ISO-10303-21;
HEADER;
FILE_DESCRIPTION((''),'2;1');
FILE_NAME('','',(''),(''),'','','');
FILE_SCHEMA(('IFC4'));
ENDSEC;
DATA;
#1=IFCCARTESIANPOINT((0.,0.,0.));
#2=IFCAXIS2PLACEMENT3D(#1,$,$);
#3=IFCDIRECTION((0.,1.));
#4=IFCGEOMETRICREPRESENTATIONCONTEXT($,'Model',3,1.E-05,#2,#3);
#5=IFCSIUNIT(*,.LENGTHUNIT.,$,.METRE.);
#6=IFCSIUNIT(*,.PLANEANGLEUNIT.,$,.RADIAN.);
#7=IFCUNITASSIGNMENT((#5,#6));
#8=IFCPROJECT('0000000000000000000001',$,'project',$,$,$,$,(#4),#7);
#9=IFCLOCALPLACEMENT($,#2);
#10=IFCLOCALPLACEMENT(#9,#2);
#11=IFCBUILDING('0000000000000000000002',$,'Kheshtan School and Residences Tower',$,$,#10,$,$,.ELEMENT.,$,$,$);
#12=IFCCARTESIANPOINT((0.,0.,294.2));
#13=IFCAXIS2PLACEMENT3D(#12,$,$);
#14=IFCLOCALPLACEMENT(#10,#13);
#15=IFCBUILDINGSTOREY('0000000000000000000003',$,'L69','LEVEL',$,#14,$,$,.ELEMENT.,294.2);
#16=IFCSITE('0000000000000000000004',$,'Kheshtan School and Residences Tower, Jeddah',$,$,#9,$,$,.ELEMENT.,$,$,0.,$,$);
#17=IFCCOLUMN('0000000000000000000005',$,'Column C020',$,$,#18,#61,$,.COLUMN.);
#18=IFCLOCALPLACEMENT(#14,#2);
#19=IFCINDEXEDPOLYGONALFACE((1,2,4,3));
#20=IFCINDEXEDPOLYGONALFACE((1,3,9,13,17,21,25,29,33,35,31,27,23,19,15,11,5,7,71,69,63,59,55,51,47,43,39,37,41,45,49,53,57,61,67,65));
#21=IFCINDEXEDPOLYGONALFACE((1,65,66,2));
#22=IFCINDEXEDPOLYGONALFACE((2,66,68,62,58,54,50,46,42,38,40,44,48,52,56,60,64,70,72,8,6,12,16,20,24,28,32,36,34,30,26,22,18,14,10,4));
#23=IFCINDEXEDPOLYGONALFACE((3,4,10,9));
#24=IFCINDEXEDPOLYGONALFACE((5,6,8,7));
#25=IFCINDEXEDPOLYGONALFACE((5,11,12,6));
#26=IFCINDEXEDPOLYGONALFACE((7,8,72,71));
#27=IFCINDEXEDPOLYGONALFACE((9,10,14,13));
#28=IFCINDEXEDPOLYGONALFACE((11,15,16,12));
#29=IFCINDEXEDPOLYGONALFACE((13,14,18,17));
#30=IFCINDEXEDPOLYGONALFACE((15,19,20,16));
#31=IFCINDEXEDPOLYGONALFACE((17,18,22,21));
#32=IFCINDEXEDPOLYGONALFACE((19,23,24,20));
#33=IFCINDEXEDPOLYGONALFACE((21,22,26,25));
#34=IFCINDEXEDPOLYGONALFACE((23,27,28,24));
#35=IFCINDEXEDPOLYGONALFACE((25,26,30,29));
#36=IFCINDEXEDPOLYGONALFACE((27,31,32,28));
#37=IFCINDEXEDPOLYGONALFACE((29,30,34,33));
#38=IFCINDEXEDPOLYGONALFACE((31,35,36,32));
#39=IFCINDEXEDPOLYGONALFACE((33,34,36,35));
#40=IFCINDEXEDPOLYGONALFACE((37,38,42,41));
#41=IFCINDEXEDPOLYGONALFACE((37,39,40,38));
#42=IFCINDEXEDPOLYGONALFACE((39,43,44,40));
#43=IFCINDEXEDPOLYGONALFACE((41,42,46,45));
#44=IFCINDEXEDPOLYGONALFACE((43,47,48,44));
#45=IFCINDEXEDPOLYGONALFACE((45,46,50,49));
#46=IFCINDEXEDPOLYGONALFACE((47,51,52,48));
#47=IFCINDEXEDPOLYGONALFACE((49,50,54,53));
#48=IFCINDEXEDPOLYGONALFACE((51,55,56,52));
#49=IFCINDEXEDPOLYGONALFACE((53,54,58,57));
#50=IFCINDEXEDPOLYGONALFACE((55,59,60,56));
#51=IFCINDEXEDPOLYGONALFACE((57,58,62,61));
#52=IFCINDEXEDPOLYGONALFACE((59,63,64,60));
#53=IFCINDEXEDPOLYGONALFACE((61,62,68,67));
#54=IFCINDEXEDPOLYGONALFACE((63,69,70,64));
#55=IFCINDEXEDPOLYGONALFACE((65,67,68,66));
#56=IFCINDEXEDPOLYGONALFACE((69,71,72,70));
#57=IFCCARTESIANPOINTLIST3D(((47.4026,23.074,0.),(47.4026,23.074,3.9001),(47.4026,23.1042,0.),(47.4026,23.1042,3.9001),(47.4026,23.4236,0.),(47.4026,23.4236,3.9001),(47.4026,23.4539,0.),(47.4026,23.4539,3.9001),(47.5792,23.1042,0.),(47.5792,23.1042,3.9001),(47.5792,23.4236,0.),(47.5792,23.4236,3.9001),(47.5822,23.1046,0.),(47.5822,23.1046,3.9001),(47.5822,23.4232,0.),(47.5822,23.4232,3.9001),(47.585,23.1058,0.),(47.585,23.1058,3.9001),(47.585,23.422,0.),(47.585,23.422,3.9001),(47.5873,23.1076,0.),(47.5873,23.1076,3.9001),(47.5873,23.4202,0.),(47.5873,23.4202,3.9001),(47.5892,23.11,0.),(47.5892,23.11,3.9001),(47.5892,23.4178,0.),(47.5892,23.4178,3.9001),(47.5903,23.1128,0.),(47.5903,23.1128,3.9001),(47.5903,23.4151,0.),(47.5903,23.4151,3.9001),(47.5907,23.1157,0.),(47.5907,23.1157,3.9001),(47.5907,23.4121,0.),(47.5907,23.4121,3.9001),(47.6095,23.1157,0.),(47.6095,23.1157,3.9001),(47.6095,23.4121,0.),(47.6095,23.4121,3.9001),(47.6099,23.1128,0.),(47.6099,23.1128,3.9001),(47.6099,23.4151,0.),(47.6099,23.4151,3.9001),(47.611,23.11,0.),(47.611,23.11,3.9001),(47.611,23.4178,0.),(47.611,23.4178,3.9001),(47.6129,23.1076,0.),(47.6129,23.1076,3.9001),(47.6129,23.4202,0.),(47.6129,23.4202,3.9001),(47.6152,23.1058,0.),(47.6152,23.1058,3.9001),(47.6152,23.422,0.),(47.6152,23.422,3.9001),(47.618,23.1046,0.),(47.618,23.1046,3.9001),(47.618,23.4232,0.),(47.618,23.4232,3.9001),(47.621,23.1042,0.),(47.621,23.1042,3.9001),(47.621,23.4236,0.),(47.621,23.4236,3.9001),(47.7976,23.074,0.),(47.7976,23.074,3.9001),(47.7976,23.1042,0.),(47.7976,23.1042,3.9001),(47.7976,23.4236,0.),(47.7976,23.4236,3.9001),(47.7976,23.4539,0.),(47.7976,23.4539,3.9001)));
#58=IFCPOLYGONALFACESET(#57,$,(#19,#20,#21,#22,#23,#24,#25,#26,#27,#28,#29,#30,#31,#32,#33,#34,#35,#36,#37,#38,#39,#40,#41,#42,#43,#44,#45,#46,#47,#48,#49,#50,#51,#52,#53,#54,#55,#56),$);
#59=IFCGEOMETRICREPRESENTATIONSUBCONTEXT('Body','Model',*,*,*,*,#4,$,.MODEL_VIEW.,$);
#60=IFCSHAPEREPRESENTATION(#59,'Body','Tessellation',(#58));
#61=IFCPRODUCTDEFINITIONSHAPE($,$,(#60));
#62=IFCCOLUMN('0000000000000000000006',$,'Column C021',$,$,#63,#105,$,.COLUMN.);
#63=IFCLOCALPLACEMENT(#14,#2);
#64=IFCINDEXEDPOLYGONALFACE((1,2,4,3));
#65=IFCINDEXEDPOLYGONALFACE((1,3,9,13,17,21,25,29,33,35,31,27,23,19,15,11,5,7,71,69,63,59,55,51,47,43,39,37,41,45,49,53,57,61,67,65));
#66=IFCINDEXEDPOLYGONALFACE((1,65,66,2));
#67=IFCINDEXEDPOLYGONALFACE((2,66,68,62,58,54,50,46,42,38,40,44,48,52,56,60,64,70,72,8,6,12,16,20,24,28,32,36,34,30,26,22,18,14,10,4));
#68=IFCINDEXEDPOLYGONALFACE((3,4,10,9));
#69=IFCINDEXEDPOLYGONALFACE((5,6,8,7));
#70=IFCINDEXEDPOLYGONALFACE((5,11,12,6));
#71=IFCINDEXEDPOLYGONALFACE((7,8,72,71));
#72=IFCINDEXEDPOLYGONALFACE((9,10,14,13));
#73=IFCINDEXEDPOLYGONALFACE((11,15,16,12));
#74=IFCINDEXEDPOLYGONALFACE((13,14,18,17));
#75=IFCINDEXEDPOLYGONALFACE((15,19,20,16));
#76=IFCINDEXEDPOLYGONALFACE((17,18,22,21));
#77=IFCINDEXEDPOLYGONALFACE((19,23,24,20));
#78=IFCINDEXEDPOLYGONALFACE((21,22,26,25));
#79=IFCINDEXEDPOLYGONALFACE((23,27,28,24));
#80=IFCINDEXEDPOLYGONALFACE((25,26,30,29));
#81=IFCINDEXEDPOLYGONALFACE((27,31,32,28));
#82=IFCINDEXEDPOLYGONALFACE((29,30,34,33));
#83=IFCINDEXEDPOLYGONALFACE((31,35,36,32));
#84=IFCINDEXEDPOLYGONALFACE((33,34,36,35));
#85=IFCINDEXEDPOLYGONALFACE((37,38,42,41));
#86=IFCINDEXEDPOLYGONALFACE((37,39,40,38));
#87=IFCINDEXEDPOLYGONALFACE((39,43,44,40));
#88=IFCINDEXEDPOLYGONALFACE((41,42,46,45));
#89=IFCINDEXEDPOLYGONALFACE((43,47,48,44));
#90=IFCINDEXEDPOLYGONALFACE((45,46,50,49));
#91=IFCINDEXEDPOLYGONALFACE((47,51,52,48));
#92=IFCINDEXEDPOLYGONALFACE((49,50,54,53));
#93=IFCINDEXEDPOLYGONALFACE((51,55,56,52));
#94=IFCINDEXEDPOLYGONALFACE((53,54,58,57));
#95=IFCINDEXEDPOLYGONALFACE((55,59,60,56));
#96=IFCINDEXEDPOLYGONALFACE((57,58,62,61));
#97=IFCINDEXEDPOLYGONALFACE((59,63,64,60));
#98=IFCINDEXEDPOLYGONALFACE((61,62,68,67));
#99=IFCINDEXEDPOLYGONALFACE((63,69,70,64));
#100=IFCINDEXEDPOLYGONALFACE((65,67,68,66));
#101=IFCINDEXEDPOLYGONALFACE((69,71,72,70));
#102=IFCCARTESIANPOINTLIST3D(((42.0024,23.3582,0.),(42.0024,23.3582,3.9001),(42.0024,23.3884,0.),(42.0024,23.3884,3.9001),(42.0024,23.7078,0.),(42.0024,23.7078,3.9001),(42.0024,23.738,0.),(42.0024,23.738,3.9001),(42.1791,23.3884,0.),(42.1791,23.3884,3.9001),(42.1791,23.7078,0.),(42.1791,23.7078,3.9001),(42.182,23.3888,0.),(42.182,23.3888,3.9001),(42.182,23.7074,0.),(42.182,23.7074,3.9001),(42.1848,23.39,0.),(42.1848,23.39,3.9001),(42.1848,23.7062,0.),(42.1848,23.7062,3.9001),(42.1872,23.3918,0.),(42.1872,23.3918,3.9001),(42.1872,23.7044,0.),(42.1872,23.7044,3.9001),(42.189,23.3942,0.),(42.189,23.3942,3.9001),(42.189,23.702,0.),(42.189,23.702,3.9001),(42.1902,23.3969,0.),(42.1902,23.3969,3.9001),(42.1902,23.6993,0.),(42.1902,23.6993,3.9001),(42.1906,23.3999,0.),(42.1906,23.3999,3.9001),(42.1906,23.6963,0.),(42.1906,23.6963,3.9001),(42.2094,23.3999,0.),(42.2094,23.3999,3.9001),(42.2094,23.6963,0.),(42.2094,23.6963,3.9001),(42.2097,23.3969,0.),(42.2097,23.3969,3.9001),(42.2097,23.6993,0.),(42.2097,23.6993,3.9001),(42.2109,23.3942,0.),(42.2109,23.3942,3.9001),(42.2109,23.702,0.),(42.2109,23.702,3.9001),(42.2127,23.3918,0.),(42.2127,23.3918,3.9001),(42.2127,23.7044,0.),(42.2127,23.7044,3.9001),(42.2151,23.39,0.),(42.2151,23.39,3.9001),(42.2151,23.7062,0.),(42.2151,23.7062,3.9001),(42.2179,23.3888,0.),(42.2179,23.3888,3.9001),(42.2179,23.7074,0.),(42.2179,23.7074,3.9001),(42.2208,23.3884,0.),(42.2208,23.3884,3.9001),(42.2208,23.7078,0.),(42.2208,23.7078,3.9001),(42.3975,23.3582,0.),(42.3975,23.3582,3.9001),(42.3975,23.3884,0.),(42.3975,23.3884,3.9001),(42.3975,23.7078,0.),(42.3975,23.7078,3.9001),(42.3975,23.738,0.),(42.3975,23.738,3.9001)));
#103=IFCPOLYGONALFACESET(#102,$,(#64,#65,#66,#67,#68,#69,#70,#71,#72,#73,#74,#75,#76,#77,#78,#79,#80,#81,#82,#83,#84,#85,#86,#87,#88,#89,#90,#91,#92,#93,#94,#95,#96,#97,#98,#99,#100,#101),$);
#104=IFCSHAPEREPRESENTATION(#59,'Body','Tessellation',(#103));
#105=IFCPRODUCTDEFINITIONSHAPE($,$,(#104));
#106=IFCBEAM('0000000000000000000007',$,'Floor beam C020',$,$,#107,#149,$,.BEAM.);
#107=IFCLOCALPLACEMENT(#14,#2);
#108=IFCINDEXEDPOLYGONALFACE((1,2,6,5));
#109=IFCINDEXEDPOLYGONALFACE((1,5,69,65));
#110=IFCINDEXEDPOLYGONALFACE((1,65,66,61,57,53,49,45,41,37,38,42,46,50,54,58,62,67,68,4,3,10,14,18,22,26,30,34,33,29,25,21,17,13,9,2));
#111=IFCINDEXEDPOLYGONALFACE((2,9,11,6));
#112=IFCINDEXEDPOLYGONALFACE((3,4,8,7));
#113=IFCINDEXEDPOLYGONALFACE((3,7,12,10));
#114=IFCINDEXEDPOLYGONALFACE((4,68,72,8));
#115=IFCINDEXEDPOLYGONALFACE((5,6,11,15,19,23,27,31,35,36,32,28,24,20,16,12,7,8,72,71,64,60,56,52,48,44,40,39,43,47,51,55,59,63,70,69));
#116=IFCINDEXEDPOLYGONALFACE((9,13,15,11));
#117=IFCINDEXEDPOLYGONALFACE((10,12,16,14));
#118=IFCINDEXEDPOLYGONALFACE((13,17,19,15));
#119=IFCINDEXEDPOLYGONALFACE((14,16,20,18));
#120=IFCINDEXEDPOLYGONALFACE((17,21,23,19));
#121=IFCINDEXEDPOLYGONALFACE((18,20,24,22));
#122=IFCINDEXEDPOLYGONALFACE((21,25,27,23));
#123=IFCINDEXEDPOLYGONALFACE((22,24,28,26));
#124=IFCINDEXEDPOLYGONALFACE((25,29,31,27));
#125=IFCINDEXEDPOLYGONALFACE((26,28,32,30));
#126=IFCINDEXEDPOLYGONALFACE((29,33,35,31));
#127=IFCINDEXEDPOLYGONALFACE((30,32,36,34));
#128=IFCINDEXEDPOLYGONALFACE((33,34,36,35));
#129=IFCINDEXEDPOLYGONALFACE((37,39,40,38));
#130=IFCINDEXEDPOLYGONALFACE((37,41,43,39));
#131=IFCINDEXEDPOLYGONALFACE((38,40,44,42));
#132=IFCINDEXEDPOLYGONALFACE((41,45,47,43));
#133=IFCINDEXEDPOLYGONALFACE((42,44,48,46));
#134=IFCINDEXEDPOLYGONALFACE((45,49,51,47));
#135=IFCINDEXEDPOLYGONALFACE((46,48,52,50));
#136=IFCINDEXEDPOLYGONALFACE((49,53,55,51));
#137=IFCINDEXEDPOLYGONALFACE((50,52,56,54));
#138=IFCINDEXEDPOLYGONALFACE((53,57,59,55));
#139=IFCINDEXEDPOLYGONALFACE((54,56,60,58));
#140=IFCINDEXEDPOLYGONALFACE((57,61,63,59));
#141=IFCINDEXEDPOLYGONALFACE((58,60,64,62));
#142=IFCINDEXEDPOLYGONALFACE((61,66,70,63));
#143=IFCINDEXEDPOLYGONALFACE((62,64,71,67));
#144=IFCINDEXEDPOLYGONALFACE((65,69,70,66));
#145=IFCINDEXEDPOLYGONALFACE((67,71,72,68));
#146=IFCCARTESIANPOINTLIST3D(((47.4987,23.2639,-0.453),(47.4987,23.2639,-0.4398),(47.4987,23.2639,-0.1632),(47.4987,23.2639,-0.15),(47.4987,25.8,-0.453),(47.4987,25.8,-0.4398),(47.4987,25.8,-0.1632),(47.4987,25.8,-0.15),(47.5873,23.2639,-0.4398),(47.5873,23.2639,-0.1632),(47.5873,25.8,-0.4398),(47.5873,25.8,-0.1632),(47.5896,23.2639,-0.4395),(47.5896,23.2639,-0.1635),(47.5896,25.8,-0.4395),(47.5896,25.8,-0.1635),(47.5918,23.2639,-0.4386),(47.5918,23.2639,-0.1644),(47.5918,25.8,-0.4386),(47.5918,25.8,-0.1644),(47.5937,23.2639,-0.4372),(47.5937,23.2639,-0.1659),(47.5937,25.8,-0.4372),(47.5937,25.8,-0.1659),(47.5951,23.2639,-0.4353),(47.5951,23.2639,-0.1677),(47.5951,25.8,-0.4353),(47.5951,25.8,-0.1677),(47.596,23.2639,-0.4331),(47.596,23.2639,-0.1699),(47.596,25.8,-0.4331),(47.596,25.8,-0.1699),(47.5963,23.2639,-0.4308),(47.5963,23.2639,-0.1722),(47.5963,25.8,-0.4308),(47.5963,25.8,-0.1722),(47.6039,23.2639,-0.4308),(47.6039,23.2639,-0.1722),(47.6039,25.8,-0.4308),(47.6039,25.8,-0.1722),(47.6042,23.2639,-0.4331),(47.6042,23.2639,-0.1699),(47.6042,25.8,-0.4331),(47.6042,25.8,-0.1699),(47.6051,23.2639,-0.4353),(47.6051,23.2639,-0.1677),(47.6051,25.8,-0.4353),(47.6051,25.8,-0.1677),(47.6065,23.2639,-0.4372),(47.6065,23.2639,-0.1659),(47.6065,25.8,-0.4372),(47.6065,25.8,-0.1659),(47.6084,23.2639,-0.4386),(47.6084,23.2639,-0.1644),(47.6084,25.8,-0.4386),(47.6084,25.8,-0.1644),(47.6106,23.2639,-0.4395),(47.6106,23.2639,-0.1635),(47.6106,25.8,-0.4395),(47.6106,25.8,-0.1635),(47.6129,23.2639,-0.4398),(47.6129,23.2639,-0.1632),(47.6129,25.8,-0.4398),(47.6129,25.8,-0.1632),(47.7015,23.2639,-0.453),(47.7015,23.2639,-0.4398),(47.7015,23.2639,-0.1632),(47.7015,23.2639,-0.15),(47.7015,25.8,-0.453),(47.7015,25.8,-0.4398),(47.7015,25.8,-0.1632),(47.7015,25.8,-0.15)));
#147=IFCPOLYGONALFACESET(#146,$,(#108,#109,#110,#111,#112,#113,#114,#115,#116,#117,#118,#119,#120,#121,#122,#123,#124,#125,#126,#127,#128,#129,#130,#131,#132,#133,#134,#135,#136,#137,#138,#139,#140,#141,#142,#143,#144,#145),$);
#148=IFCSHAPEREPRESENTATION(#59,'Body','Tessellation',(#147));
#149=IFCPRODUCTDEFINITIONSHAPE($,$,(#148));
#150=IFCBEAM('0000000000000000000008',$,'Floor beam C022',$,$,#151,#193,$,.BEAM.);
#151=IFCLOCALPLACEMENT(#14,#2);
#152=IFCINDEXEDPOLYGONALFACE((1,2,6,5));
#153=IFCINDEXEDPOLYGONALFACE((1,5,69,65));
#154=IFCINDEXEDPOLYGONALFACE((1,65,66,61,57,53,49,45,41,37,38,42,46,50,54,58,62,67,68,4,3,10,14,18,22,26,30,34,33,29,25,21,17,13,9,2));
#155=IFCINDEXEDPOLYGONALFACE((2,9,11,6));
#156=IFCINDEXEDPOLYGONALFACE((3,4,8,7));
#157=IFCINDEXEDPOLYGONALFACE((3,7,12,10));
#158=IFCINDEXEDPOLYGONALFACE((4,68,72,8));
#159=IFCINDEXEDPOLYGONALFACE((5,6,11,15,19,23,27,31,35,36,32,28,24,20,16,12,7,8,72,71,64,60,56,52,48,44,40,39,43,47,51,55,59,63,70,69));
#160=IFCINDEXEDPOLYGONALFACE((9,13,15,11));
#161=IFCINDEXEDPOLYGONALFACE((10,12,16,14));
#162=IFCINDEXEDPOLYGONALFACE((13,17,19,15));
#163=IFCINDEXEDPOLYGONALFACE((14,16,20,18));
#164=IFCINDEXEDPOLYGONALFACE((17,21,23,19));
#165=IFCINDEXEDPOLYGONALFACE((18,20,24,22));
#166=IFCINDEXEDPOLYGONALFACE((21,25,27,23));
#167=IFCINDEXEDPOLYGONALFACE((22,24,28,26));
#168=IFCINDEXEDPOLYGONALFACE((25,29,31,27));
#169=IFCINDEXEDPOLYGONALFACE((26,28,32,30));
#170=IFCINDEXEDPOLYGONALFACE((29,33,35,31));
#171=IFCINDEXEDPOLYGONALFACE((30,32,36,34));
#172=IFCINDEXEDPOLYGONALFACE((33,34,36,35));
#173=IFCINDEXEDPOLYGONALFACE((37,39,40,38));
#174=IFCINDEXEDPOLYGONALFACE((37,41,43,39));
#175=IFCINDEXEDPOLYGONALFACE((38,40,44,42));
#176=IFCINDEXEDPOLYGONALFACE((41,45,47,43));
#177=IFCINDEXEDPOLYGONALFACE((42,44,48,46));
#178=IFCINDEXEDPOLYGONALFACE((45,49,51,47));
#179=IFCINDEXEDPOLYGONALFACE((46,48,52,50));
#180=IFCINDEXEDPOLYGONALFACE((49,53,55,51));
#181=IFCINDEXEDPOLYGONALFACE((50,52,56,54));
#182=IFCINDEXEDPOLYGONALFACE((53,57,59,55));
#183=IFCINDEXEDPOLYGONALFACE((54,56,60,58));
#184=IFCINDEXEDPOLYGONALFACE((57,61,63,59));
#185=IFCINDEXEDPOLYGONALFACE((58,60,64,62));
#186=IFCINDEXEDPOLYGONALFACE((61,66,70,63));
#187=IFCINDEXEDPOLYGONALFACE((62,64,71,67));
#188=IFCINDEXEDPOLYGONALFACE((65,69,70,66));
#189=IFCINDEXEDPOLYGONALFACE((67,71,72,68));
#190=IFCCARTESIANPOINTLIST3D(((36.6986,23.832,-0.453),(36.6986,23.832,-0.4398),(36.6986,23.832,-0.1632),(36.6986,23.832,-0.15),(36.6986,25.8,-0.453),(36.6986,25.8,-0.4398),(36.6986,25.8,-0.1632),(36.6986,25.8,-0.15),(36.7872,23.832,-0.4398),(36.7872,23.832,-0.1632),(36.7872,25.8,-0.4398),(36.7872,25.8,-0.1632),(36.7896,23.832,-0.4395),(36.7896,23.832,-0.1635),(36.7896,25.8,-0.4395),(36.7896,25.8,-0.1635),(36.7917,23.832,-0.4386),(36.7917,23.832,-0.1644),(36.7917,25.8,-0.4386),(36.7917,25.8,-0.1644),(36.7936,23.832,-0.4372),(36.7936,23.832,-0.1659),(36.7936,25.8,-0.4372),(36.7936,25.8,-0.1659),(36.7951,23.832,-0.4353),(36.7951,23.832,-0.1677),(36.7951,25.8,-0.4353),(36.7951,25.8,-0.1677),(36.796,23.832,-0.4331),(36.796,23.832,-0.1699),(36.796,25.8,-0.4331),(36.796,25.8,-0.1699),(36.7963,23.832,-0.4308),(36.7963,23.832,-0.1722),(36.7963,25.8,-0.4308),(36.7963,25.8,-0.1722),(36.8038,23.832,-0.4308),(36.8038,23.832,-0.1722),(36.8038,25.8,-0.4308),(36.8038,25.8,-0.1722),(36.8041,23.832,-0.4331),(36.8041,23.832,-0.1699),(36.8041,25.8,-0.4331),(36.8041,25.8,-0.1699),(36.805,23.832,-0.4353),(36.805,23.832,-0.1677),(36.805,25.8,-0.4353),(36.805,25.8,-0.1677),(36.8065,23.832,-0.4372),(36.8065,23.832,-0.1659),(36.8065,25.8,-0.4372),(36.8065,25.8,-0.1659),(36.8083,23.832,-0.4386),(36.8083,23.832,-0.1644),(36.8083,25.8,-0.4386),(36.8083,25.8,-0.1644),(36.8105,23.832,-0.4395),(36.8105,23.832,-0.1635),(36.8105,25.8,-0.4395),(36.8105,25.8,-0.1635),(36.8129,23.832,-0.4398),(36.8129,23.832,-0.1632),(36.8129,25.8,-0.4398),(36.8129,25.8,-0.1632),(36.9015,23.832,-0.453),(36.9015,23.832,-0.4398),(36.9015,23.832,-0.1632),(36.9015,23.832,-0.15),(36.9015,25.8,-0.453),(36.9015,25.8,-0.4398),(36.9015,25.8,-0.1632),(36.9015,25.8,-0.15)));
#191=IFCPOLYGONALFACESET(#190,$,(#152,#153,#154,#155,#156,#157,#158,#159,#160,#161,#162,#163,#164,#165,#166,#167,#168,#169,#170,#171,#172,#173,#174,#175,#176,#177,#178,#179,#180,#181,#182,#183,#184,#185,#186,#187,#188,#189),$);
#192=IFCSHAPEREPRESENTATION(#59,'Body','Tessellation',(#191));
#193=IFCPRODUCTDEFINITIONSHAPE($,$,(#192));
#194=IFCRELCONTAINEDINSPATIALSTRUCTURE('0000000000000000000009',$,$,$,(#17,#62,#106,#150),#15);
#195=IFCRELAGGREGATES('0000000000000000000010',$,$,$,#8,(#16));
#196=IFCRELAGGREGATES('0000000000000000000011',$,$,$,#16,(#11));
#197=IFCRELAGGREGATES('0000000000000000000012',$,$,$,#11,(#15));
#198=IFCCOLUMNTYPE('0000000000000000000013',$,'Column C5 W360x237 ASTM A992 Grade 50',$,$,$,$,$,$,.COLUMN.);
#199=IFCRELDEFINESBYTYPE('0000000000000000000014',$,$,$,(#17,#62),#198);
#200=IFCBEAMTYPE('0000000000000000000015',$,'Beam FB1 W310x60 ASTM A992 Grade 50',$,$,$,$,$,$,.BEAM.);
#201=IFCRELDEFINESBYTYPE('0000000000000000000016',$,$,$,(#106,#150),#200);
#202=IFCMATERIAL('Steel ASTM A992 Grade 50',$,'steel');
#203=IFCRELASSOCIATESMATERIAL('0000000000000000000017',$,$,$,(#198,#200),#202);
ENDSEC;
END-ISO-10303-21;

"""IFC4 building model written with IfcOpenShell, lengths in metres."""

from ifc_helpers import new_model, si_unit, direction, frame, origin, origin_2d, place, context, subcontext, project, spatial, i_section, extrude, material, material_profile, profile_set, type_object, element, save


model = new_model("IFC4")

# Units and contexts
model_context = context("Model", 3, precision=1e-05, world=origin(), true_north=direction((0.0, 1.0)))
body_context = subcontext(model_context, "Body", "Model", "MODEL_VIEW")
ifc_project = project(units=[si_unit("LENGTHUNIT", "METRE"), si_unit("PLANEANGLEUNIT", "RADIAN")], contexts=[model_context])

# Site, building, storey
site_placement = place(None, origin())
site = spatial("IfcSite", under=ifc_project, at=site_placement, Name="Kheshtan School and Residences Tower, Jeddah", CompositionType="ELEMENT", RefElevation=0.0)
building_placement = place(site_placement, origin())
building = spatial("IfcBuilding", under=site, at=building_placement, Name="Kheshtan School and Residences Tower", CompositionType="ELEMENT")
storey_placement = place(building_placement, frame((0.0, 0.0, 294.2)))
storey = spatial("IfcBuildingStorey", under=building, at=storey_placement, Name="L69", Description="LEVEL", CompositionType="ELEMENT", Elevation=294.2)

# Columns
ifc_material_1 = material(Name="Steel ASTM A992 Grade 50", Category="steel")
ifc_material_profile_1 = material_profile(ifc_material_1, i_section(OverallWidth=0.395, OverallDepth=0.3799, WebThickness=0.0188, FlangeThickness=0.0303, FilletRadius=0.0115, at=origin_2d()), Name="W360x237")
ifc_profile_set_1 = profile_set([ifc_material_profile_1], Name="Steel ASTM A992 Grade 50")
column_type = type_object("IfcColumnType", Name="Column C5 W360x237 ASTM A992 Grade 50", PredefinedType="COLUMN", material=ifc_profile_set_1)
for number, where, z_axis, x_axis, name in (
    (1, (47.6001, 23.2639, 0.0), (0.0, 0.0, 1.0), (1.0, 0.0, 0.0), "Column C020"),
    (2, (42.2, 23.5481, 0.0), (0.0, 0.0, 1.0), (1.0, 0.0, 0.0), "Column C021"),
):
    element("IfcColumn", number, at=place(storey_placement, frame(where, z_axis=z_axis, x_axis=x_axis)), inside=storey, type_object=column_type, Name=name, PredefinedType="COLUMN", context=body_context, shape_type="SweptSolid", body=[
        extrude(i_section(OverallWidth=0.395, OverallDepth=0.3799, WebThickness=0.0188, FlangeThickness=0.0303, FilletRadius=0.0115, at=origin_2d()), origin(), (0.0, 0.0, 1.0), 3.9001),
    ])

# Beams
ifc_material_profile_2 = material_profile(ifc_material_1, i_section(OverallWidth=0.2029, OverallDepth=0.303, WebThickness=0.0076, FlangeThickness=0.0132, FilletRadius=0.009, at=origin_2d()), Name="W310x60")
ifc_profile_set_2 = profile_set([ifc_material_profile_2], Name="Steel ASTM A992 Grade 50")
beam_type_1 = type_object("IfcBeamType", Name="Beam FB1 W310x60 ASTM A992 Grade 50", PredefinedType="BEAM", material=ifc_profile_set_2)
beam_1_placement = place(storey_placement, frame((47.6001, 23.2639, -0.3015), z_axis=(0.0, 1.0, 0.0), x_axis=(-1.0, 0.0, 0.0)))
element("IfcBeam", 3, at=beam_1_placement, inside=storey, type_object=beam_type_1, Name="Floor beam C020", PredefinedType="BEAM", context=body_context, shape_type="SweptSolid", body=[
    extrude(i_section(OverallWidth=0.2029, OverallDepth=0.303, WebThickness=0.0076, FlangeThickness=0.0132, FilletRadius=0.009, at=origin_2d()), origin(), (0.0, 0.0, 1.0), 2.5361),
])
beam_2_placement = place(storey_placement, frame((36.8, 23.832, -0.3015), z_axis=(0.0, 1.0, 0.0), x_axis=(-1.0, 0.0, 0.0)))
element("IfcBeam", 4, at=beam_2_placement, inside=storey, type_object=beam_type_1, Name="Floor beam C022", PredefinedType="BEAM", context=body_context, shape_type="SweptSolid", body=[
    extrude(i_section(OverallWidth=0.2029, OverallDepth=0.303, WebThickness=0.0076, FlangeThickness=0.0132, FilletRadius=0.009, at=origin_2d()), origin(), (0.0, 0.0, 1.0), 1.968),
])

save(model, "model.ifc")
